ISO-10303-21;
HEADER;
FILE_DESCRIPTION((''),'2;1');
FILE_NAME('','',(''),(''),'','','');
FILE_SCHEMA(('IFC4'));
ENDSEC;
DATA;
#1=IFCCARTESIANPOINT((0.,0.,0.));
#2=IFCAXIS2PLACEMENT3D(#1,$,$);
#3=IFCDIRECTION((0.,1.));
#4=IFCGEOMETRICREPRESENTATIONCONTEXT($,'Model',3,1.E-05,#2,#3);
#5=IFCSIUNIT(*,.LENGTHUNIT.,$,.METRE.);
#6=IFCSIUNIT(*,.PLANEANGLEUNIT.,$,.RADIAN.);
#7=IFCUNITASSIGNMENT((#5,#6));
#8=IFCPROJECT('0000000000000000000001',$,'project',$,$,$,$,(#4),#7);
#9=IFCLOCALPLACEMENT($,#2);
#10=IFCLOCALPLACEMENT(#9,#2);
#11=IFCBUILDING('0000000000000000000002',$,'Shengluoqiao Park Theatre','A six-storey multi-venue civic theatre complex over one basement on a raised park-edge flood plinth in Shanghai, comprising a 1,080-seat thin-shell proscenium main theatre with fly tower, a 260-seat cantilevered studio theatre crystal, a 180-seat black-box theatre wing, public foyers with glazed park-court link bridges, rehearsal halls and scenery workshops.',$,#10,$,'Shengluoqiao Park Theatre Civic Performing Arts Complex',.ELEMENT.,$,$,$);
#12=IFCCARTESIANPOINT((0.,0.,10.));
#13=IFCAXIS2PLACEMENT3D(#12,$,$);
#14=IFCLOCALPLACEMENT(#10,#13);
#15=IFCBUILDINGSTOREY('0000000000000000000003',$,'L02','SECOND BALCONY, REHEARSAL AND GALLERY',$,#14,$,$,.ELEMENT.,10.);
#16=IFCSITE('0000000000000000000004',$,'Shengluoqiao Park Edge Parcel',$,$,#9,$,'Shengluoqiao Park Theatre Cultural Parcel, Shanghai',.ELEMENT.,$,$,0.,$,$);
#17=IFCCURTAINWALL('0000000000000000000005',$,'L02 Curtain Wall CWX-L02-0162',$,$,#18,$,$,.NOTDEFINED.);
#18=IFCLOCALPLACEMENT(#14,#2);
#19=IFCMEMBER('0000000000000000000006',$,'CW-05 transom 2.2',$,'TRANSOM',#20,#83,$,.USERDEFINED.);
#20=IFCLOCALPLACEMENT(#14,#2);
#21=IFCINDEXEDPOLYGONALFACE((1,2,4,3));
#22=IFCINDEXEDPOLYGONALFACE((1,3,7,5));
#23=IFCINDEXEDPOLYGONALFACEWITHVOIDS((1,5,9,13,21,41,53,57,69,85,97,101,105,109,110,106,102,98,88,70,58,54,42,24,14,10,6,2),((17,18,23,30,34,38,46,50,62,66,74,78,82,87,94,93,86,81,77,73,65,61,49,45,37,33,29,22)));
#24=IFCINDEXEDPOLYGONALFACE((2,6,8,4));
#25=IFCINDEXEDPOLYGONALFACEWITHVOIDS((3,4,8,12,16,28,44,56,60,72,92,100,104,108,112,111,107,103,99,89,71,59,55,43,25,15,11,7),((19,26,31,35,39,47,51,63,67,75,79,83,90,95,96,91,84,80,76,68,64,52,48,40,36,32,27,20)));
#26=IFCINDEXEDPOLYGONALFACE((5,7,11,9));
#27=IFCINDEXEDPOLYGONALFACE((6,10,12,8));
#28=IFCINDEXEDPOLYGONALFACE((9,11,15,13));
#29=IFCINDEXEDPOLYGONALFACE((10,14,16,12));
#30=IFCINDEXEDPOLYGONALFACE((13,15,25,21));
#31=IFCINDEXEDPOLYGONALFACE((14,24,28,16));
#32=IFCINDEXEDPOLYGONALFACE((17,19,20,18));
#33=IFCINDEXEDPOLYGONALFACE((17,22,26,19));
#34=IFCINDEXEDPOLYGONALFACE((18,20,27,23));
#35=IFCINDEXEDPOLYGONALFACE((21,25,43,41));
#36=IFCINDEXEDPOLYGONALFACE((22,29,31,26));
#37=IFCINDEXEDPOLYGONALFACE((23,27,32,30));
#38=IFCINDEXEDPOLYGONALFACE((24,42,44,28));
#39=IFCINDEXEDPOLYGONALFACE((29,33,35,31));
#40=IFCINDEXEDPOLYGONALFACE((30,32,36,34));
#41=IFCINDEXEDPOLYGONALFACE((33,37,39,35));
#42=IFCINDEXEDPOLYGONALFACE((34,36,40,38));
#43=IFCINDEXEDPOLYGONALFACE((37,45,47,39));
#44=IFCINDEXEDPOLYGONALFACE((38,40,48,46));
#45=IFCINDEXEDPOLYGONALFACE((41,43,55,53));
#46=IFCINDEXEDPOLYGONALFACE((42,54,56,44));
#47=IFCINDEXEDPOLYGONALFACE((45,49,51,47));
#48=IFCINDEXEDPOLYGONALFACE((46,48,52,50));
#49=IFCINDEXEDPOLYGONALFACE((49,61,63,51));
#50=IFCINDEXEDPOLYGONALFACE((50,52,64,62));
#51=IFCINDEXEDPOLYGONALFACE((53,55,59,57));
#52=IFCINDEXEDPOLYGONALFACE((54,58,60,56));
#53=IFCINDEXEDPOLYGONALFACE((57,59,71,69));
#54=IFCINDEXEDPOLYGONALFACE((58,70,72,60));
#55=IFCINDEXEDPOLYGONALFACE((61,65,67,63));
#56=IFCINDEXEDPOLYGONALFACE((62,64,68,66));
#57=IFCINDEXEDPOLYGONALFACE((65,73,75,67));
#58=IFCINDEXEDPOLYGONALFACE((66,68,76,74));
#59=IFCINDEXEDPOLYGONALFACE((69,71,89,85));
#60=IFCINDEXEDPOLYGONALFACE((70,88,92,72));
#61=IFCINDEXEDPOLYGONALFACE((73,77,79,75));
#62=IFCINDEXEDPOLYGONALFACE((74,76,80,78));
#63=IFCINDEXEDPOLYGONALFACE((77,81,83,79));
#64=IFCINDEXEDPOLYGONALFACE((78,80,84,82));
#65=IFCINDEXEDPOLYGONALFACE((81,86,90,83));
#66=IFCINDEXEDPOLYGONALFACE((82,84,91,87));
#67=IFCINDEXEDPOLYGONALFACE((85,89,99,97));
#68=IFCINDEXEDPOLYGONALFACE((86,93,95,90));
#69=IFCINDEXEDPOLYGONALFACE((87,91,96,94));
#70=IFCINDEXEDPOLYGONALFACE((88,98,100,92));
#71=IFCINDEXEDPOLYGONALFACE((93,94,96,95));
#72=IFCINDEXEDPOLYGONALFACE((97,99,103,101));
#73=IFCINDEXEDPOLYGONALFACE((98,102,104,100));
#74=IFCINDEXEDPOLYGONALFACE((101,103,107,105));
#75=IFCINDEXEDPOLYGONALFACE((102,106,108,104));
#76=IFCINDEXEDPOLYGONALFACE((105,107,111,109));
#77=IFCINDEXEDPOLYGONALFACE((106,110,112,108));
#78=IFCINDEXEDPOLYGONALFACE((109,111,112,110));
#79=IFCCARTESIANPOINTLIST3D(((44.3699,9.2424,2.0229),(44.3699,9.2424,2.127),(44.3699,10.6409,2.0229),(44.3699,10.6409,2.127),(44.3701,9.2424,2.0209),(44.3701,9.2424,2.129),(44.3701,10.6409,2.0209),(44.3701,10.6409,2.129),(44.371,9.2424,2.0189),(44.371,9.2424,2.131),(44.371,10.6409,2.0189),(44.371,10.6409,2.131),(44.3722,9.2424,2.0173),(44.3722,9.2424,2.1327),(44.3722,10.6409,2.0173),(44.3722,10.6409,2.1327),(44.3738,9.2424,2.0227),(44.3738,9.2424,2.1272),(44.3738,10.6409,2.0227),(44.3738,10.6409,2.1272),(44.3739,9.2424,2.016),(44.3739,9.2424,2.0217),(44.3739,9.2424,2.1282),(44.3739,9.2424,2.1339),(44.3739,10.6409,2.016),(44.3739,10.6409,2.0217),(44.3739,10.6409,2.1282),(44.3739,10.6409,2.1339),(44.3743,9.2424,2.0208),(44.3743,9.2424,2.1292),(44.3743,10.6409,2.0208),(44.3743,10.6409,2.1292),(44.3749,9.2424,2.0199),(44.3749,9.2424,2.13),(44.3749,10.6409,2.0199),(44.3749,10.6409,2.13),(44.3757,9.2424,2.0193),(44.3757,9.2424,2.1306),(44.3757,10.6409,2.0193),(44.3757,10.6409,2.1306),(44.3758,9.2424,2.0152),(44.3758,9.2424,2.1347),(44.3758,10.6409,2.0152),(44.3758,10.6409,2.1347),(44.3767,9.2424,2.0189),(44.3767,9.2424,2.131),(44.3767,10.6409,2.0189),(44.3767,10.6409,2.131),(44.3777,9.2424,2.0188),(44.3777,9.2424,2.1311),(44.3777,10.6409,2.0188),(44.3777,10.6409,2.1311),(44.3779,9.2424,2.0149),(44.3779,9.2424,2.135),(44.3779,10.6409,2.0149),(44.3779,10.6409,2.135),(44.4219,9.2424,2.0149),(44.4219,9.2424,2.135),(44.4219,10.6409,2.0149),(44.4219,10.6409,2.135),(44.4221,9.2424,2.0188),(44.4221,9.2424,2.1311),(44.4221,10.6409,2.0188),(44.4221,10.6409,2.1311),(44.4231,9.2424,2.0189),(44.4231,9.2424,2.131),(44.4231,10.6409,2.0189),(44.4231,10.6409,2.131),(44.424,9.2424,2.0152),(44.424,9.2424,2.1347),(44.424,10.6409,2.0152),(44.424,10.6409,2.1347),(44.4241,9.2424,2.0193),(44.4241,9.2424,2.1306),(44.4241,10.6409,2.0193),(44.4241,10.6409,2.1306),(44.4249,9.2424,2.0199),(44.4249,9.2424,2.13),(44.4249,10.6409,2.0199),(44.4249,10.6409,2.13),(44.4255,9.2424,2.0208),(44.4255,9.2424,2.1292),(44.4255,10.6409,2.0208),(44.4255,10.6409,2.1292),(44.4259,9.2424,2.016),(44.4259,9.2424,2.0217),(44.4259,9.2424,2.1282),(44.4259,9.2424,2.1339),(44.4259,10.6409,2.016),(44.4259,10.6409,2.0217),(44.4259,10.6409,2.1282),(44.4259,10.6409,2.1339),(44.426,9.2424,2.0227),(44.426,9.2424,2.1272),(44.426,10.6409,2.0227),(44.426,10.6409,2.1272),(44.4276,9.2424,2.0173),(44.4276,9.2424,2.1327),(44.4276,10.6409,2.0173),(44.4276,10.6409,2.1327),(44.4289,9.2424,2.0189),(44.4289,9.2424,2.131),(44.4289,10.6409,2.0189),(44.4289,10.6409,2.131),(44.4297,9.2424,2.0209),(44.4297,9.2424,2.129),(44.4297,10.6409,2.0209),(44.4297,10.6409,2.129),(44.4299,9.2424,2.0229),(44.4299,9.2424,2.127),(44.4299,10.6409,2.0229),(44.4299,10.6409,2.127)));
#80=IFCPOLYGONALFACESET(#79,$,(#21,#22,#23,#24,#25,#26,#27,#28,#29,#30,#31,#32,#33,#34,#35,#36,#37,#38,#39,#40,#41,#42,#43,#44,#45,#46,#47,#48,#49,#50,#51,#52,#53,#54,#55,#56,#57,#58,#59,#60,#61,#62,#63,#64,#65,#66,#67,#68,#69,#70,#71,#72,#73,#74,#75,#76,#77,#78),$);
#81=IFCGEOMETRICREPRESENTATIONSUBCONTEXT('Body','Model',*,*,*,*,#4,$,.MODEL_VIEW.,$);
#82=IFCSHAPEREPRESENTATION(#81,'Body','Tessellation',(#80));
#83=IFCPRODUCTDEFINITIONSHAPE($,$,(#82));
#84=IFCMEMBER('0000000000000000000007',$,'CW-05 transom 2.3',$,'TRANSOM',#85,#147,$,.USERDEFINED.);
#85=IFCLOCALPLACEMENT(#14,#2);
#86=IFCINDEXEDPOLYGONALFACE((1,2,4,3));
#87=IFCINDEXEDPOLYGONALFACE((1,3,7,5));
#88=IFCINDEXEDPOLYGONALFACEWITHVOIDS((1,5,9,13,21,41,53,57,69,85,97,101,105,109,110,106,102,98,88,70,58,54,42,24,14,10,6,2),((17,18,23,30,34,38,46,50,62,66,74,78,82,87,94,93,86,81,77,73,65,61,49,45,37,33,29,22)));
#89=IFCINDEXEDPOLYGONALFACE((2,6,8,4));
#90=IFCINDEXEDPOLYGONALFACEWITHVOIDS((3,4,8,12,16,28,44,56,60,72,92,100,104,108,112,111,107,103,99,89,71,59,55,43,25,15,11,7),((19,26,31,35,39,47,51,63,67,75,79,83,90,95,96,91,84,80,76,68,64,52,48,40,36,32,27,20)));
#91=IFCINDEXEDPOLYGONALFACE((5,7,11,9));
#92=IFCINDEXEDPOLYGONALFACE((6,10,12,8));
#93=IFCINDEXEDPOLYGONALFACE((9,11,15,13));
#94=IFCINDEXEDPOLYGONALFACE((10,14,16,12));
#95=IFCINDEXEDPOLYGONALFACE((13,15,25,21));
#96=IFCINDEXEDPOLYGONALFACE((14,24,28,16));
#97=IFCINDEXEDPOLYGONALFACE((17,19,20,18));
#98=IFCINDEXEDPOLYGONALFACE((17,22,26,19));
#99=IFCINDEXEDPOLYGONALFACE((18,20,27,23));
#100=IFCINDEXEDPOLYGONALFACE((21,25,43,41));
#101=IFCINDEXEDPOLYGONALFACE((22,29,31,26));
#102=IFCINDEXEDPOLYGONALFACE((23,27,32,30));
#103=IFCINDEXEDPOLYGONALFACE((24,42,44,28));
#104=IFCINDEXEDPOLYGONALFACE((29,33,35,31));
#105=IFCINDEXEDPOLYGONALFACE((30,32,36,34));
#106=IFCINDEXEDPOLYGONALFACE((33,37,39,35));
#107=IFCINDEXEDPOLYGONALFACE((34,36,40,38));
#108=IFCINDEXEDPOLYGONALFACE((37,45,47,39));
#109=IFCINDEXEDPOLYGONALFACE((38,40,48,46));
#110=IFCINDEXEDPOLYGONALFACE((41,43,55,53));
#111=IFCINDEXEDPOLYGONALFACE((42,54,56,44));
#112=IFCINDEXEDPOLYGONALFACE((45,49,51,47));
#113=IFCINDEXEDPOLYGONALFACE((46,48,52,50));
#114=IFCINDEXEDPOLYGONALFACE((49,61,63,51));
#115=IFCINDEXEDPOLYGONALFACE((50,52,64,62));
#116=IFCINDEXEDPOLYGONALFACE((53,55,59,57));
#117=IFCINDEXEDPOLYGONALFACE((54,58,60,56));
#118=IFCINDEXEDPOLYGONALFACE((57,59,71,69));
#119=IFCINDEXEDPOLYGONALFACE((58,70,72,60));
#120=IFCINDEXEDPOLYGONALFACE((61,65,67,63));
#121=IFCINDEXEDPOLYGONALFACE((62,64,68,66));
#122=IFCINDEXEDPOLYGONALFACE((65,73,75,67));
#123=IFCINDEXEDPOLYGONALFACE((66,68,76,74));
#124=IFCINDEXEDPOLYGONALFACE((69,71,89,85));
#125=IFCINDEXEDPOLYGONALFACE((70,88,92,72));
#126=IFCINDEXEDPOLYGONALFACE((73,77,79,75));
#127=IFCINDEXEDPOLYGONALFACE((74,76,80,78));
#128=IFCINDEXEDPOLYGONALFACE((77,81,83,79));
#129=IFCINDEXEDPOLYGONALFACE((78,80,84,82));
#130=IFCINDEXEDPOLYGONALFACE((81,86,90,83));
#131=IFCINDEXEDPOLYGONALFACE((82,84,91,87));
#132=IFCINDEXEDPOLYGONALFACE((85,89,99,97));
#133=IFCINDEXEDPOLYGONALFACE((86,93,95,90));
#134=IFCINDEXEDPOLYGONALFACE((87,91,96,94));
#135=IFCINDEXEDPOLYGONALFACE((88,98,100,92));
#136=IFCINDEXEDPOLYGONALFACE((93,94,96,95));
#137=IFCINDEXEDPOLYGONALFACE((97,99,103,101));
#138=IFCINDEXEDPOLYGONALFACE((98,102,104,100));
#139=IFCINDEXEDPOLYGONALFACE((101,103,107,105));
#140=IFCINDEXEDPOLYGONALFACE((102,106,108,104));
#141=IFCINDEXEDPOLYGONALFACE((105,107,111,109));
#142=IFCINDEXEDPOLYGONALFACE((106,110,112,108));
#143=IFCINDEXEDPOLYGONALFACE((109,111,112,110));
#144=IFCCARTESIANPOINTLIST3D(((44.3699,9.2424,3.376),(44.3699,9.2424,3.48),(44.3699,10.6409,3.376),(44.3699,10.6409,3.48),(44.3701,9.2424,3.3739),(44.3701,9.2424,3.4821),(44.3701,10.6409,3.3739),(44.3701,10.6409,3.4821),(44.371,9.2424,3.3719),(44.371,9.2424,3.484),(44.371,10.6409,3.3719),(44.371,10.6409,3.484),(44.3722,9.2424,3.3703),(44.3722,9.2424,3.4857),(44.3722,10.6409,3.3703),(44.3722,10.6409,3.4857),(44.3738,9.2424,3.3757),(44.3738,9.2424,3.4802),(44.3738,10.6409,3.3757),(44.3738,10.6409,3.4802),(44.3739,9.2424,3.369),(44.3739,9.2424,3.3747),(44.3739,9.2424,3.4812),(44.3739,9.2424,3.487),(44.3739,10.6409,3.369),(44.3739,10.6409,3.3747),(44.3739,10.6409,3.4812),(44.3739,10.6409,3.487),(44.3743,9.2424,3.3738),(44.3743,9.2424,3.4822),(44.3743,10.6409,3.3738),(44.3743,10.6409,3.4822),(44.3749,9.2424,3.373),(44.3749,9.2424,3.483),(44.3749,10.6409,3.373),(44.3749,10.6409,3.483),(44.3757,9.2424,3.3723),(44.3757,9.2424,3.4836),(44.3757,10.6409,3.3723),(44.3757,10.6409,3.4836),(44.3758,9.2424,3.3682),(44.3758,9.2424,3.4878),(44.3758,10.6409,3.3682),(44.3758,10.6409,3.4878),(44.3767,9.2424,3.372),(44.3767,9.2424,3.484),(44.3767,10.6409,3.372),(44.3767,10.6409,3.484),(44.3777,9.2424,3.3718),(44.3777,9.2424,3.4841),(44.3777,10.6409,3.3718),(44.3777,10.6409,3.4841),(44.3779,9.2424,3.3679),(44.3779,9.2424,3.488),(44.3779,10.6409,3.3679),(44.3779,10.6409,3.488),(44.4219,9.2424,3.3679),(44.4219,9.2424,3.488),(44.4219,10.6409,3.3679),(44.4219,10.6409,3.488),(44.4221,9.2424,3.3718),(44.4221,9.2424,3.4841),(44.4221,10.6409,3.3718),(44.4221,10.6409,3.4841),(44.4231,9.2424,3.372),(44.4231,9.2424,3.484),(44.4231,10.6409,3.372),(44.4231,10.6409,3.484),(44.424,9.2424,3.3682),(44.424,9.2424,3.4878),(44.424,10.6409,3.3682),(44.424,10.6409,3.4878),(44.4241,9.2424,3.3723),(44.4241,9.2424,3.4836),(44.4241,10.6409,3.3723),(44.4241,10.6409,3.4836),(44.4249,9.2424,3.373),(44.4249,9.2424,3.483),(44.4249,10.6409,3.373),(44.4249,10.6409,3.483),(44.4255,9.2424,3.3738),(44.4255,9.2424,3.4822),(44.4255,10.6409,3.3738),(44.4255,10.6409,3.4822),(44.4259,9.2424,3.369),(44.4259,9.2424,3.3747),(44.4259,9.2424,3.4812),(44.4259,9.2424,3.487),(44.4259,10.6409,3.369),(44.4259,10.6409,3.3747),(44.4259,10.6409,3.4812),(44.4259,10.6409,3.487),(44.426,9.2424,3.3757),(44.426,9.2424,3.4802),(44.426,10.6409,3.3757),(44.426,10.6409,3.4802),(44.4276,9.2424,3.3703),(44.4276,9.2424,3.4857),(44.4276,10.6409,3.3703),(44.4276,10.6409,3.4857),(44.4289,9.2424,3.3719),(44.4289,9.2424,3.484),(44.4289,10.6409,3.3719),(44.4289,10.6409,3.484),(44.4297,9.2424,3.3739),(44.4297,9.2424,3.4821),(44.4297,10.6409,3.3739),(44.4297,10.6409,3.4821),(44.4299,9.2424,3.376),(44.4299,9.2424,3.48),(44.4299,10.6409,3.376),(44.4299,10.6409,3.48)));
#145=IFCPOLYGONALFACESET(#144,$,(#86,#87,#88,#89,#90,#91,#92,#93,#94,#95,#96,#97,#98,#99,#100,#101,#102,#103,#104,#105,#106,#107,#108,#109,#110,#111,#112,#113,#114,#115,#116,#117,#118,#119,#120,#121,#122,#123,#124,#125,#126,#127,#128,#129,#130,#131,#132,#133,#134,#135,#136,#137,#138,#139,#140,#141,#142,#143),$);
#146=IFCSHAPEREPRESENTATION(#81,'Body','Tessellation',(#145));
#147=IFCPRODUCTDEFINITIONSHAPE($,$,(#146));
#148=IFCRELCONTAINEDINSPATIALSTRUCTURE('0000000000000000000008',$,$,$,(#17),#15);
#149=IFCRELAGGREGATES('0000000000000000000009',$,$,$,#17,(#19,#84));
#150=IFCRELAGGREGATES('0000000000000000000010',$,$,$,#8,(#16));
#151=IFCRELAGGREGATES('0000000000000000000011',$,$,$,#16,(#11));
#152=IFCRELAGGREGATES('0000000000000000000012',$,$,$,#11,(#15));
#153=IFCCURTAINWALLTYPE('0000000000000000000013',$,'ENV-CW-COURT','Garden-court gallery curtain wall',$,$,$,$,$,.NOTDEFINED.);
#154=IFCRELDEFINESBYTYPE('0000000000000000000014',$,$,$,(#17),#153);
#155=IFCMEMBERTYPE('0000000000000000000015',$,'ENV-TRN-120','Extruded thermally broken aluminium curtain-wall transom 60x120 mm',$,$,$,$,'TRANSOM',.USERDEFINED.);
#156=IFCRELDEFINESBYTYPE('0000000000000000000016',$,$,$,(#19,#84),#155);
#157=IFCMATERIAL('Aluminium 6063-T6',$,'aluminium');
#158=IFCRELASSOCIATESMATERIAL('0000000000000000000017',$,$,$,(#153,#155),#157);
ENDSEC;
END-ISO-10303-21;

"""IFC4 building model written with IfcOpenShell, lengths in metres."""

from ifc_helpers import new_model, si_unit, direction, frame, origin, origin_2d, place, context, subcontext, project, spatial, hollow_rectangle, extrude, material, material_profile, profile_set, type_object, element, aggregate, save


model = new_model("IFC4")

# Units and contexts
model_context = context("Model", 3, precision=1e-05, world=origin(), true_north=direction((0.0, 1.0)))
body_context = subcontext(model_context, "Body", "Model", "MODEL_VIEW")
ifc_project = project(units=[si_unit("LENGTHUNIT", "METRE"), si_unit("PLANEANGLEUNIT", "RADIAN")], contexts=[model_context])

# Site, building, storey
site_placement = place(None, origin())
site = spatial("IfcSite", under=ifc_project, at=site_placement, Name="Shengluoqiao Park Edge Parcel", LongName="Shengluoqiao Park Theatre Cultural Parcel, Shanghai", CompositionType="ELEMENT", RefElevation=0.0)
building_placement = place(site_placement, origin())
building = spatial("IfcBuilding", under=site, at=building_placement, Name="Shengluoqiao Park Theatre", Description="A six-storey multi-venue civic theatre complex over one basement on a raised park-edge flood plinth in Shanghai, comprising a 1,080-seat thin-shell proscenium main theatre with fly tower, a 260-seat cantilevered studio theatre crystal, a 180-seat black-box theatre wing, public foyers with glazed park-court link bridges, rehearsal halls and scenery workshops.", LongName="Shengluoqiao Park Theatre Civic Performing Arts Complex", CompositionType="ELEMENT")
storey_placement = place(building_placement, frame((0.0, 0.0, 10.0)))
storey = spatial("IfcBuildingStorey", under=building, at=storey_placement, Name="L02", Description="SECOND BALCONY, REHEARSAL AND GALLERY", CompositionType="ELEMENT", Elevation=10.0)

# Curtain wall, members
ifc_material_1 = material(Name="Aluminium 6063-T6", Category="aluminium")
curtain_wall_type = type_object("IfcCurtainWallType", Name="ENV-CW-COURT", Description="Garden-court gallery curtain wall", PredefinedType="NOTDEFINED", material=ifc_material_1)
curtain_wall_placement = place(storey_placement, origin())
curtain_wall = element("IfcCurtainWall", 1, at=curtain_wall_placement, inside=storey, type_object=curtain_wall_type, Name="L02 Curtain Wall CWX-L02-0162", PredefinedType="NOTDEFINED")
ifc_material_profile_1 = material_profile(ifc_material_1, hollow_rectangle(XDim=0.0601, YDim=0.1201, WallThickness=0.0039, InnerFilletRadius=0.0039, OuterFilletRadius=0.0081, at=origin_2d()), Name="ALU TRANSOM 120x60x4")
ifc_profile_set_1 = profile_set([ifc_material_profile_1], Name="Aluminium 6063-T6")
member_type_1 = type_object("IfcMemberType", Name="ENV-TRN-120", Description="Extruded thermally broken aluminium curtain-wall transom 60x120 mm", ElementType="TRANSOM", PredefinedType="USERDEFINED", material=ifc_profile_set_1)
member_1_placement = place(storey_placement, frame((44.3999, 9.2424, 2.075), z_axis=(0.0, 1.0, 0.0), x_axis=(-1.0, 0.0, 0.0)))
member_1 = element("IfcMember", 2, at=member_1_placement, type_object=member_type_1, Name="CW-05 transom 2.2", ObjectType="TRANSOM", PredefinedType="USERDEFINED", context=body_context, shape_type="SweptSolid", body=[
    extrude(hollow_rectangle(XDim=0.0601, YDim=0.1201, WallThickness=0.0039, InnerFilletRadius=0.0039, OuterFilletRadius=0.0081, at=origin_2d()), origin(), (0.0, 0.0, 1.0), 1.3984),
])
member_2_placement = place(storey_placement, frame((44.3999, 9.2424, 3.428), z_axis=(0.0, 1.0, 0.0), x_axis=(-1.0, 0.0, 0.0)))
member_2 = element("IfcMember", 3, at=member_2_placement, type_object=member_type_1, Name="CW-05 transom 2.3", ObjectType="TRANSOM", PredefinedType="USERDEFINED", context=body_context, shape_type="SweptSolid", body=[
    extrude(hollow_rectangle(XDim=0.0601, YDim=0.1201, WallThickness=0.0039, InnerFilletRadius=0.0039, OuterFilletRadius=0.0081, at=origin_2d()), origin(), (0.0, 0.0, 1.0), 1.3984),
])
aggregate(curtain_wall, [member_1, member_2])

save(model, "model.ifc")
